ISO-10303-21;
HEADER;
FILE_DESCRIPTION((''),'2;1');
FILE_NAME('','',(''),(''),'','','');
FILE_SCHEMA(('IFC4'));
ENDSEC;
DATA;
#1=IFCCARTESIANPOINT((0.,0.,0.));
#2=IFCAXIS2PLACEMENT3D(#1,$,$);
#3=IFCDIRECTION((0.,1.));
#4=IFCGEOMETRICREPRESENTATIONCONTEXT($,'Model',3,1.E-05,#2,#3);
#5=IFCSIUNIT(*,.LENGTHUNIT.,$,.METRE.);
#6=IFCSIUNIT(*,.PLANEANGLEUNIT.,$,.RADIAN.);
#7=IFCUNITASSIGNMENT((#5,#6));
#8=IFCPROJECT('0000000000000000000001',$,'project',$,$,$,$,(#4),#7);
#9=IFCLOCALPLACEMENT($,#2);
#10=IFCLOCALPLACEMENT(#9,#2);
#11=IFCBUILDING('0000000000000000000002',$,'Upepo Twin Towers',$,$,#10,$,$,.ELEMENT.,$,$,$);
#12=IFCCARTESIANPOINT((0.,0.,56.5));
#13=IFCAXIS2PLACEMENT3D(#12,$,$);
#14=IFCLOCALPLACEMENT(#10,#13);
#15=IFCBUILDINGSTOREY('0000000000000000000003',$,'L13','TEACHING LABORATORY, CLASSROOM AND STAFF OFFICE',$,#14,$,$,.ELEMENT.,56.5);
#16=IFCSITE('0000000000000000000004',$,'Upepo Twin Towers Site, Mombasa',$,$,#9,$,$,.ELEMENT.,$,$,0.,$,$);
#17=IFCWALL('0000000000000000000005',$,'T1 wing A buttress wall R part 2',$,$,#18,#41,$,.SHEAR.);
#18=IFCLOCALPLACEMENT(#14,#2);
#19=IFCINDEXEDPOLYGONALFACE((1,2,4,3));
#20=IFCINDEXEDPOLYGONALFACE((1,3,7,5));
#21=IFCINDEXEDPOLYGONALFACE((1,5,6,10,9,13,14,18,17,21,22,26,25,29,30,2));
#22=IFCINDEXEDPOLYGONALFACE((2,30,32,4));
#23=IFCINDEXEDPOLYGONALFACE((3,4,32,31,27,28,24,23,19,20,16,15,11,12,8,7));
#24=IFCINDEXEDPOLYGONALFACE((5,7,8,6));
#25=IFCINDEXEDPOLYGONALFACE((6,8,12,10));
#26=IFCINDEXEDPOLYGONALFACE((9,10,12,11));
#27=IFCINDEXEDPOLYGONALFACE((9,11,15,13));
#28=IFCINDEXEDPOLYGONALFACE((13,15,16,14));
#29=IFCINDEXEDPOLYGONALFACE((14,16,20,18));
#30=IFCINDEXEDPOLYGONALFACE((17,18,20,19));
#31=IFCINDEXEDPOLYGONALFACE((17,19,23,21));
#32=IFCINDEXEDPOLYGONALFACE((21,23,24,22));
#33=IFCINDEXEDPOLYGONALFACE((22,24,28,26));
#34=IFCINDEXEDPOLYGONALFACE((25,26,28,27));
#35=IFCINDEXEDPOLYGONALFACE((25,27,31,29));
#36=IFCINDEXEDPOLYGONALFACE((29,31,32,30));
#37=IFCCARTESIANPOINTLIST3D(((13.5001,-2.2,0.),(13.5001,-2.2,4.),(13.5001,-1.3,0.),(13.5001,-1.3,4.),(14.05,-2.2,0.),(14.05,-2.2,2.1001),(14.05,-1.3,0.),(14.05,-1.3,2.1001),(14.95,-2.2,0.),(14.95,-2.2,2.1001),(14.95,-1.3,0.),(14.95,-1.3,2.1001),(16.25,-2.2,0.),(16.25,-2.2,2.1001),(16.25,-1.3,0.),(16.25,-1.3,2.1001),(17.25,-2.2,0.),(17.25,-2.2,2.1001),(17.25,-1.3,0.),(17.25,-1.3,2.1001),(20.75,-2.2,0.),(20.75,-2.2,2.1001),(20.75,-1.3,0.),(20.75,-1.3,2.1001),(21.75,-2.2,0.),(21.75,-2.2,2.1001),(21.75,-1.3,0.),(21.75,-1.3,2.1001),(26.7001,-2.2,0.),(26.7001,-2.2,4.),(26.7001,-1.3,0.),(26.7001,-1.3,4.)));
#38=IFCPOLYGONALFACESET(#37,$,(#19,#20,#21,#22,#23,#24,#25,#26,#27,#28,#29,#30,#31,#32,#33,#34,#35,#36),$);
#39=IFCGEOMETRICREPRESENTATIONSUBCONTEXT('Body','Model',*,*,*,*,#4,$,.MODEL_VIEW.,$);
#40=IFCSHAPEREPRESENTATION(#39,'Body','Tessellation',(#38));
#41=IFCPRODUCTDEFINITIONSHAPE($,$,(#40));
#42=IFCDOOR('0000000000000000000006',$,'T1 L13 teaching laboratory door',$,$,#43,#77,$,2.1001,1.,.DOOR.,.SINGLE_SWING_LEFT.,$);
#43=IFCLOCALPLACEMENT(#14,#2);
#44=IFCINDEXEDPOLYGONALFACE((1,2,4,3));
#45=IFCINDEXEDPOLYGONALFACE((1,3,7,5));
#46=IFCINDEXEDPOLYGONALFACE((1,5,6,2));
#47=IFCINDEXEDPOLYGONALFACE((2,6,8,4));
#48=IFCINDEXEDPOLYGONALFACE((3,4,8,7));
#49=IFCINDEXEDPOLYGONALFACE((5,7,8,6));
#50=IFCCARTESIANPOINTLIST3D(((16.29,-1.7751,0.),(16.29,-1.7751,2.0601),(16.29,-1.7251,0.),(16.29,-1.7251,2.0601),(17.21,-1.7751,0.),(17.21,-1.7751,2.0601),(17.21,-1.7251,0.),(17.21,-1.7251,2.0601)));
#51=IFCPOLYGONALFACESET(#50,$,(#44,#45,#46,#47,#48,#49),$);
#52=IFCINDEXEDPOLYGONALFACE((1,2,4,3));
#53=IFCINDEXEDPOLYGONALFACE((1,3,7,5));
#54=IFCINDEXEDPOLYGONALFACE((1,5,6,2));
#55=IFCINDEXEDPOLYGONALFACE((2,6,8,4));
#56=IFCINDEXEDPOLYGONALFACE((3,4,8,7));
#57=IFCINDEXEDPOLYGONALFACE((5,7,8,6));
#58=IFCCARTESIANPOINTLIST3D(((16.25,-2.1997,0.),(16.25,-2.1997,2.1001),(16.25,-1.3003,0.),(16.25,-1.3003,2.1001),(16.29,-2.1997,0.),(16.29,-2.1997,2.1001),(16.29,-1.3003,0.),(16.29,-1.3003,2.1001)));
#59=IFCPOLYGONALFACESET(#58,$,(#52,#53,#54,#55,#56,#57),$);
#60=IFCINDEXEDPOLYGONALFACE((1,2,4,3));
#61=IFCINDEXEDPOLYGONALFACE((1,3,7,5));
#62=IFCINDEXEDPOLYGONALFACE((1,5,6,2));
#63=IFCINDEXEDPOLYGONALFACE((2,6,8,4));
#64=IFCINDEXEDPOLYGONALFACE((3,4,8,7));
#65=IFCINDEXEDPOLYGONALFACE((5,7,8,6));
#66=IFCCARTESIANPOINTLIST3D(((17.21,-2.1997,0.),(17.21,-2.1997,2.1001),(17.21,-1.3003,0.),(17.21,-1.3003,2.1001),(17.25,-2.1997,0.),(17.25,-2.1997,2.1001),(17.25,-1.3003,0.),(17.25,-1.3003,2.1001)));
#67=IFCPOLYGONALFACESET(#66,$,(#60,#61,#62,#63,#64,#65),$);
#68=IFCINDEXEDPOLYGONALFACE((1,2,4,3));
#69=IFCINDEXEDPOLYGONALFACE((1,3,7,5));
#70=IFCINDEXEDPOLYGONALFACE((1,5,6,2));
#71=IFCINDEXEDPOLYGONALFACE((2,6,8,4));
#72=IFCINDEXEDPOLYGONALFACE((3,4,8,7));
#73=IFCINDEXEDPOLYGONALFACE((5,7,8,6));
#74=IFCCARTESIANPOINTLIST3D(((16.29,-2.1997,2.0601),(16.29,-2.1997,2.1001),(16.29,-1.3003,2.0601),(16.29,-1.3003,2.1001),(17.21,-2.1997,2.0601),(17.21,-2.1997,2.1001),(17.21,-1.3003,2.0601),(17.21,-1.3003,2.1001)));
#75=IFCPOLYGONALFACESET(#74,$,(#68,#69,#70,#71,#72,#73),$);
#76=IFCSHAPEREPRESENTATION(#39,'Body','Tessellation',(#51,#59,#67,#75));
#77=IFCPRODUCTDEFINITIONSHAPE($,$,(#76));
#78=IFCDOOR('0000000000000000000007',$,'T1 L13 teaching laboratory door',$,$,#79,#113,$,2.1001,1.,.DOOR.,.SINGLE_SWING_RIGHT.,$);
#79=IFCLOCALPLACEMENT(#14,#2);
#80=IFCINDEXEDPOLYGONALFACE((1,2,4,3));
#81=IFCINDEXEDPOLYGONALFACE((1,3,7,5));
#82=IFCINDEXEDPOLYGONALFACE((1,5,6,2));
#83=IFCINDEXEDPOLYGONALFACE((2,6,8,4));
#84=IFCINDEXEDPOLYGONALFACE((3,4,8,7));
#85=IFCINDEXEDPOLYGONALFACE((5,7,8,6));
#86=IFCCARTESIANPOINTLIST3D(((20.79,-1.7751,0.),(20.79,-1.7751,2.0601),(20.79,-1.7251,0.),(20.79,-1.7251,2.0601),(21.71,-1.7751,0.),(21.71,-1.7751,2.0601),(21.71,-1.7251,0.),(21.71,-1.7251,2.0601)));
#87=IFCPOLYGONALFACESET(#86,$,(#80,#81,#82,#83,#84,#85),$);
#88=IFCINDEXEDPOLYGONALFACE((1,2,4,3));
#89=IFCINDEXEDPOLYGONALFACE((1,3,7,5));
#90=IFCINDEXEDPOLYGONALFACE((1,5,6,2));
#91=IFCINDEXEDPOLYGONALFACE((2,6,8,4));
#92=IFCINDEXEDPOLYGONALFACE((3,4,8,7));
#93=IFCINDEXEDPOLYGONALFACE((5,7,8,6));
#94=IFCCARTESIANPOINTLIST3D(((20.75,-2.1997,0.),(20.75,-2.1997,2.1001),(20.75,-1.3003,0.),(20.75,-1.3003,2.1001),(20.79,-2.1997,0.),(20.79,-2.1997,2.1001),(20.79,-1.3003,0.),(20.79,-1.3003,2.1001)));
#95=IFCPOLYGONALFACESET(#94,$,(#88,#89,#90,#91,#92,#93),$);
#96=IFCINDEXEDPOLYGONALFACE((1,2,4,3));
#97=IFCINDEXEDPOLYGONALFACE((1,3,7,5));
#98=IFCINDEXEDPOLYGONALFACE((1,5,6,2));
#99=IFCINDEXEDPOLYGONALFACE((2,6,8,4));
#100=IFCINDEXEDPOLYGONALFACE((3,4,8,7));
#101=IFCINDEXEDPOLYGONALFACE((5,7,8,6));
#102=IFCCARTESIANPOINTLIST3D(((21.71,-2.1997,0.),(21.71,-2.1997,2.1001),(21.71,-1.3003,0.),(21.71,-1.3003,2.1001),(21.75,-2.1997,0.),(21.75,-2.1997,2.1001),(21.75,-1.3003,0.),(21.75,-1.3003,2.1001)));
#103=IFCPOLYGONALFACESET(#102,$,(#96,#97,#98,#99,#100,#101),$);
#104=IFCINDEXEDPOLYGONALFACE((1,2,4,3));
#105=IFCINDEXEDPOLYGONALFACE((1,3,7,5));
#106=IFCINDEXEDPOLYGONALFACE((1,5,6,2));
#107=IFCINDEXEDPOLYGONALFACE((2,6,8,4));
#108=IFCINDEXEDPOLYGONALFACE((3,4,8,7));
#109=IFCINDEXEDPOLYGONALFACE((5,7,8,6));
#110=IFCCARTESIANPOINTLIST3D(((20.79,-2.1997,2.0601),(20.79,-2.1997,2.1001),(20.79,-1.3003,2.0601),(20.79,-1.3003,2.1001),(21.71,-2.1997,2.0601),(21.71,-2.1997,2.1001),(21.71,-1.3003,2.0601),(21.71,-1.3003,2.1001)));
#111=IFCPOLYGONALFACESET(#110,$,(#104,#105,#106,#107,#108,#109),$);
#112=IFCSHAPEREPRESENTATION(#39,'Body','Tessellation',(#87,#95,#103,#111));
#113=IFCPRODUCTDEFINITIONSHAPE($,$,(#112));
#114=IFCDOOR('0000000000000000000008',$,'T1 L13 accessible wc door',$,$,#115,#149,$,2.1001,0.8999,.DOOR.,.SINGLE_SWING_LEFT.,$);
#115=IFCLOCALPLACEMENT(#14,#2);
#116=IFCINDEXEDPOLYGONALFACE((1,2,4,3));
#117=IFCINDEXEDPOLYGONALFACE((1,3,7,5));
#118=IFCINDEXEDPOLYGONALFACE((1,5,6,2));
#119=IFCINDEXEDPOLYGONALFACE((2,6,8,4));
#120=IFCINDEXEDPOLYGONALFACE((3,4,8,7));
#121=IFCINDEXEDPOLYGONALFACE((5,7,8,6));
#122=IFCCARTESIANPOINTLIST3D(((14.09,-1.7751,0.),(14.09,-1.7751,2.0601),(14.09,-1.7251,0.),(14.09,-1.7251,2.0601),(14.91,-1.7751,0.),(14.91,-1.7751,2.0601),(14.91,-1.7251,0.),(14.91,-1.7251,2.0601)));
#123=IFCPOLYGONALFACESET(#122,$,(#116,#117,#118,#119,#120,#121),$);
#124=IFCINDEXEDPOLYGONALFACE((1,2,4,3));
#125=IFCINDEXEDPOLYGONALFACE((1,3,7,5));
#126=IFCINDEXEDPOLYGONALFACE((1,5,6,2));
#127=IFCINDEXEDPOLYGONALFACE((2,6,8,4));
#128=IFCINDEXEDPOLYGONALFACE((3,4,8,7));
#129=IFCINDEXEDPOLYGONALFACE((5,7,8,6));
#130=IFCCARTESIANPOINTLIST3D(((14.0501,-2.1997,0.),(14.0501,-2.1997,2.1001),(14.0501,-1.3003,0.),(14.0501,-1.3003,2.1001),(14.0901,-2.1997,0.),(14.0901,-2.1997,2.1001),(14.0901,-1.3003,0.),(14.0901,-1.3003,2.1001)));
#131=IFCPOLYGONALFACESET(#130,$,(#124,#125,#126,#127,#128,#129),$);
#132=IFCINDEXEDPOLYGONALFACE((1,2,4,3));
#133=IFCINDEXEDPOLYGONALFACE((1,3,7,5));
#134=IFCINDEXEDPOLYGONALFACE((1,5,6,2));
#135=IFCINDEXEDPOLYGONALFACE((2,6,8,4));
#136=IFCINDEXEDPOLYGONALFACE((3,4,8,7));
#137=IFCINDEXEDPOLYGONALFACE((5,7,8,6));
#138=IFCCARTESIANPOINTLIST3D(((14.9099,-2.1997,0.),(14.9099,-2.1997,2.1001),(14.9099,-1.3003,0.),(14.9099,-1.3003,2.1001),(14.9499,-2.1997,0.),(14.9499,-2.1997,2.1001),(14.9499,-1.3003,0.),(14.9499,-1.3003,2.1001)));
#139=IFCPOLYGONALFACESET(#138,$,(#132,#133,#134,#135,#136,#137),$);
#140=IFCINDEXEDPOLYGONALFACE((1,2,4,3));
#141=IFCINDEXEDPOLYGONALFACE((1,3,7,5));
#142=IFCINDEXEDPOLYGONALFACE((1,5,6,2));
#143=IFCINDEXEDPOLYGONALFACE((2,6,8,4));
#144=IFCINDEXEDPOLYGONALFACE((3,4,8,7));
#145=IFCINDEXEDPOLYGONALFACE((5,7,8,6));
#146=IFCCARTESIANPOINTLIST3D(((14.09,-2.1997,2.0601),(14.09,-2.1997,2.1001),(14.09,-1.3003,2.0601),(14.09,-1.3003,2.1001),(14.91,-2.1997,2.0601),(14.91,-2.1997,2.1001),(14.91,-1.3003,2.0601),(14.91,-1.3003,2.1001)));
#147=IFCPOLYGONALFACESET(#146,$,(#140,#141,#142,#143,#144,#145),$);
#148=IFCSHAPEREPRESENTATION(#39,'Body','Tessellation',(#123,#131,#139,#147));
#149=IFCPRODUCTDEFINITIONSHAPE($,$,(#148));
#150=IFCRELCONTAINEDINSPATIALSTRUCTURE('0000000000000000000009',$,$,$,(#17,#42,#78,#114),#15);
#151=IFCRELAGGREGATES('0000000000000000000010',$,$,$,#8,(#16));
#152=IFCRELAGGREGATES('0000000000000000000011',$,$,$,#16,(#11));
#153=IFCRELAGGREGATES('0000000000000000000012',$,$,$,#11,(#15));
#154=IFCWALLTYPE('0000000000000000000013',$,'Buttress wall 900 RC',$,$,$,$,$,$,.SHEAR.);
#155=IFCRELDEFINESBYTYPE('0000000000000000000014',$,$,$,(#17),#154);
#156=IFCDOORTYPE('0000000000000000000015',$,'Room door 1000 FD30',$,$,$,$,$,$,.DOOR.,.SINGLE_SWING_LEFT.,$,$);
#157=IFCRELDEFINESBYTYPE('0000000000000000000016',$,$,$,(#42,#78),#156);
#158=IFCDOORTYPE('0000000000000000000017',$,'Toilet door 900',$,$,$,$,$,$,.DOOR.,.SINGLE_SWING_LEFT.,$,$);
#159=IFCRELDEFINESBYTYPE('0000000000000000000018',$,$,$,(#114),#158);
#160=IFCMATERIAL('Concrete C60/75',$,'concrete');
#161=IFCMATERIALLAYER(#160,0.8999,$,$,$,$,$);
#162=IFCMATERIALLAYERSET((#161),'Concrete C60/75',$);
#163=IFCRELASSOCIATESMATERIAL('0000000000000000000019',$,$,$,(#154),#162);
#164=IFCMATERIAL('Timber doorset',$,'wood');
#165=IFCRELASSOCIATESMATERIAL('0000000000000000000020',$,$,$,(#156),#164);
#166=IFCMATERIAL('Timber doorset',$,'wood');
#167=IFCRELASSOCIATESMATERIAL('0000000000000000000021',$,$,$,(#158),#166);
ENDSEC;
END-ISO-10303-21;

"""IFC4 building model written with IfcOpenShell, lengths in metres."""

from ifc_helpers import new_model, si_unit, direction, frame, frame_2d, origin, place, context, subcontext, project, spatial, rectangle, extrude, material, layer, layer_set, type_object, element, fill, save


model = new_model("IFC4")

# Units and contexts
model_context = context("Model", 3, precision=1e-05, world=origin(), true_north=direction((0.0, 1.0)))
body_context = subcontext(model_context, "Body", "Model", "MODEL_VIEW")
ifc_project = project(units=[si_unit("LENGTHUNIT", "METRE"), si_unit("PLANEANGLEUNIT", "RADIAN")], contexts=[model_context])

# Site, building, storey
site_placement = place(None, origin())
site = spatial("IfcSite", under=ifc_project, at=site_placement, Name="Upepo Twin Towers Site, Mombasa", CompositionType="ELEMENT", RefElevation=0.0)
building_placement = place(site_placement, origin())
building = spatial("IfcBuilding", under=site, at=building_placement, Name="Upepo Twin Towers", CompositionType="ELEMENT")
storey_placement = place(building_placement, frame((0.0, 0.0, 56.5)))
storey = spatial("IfcBuildingStorey", under=building, at=storey_placement, Name="L13", Description="TEACHING LABORATORY, CLASSROOM AND STAFF OFFICE", CompositionType="ELEMENT", Elevation=56.5)

# Wall, openings, doors
ifc_material_1 = material(Name="Concrete C60/75", Category="concrete")
ifc_layer_1 = layer(ifc_material_1, 0.8999)
ifc_layer_set_1 = layer_set([ifc_layer_1], Name="Concrete C60/75")
wall_type_1 = type_object("IfcWallType", Name="Buttress wall 900 RC", PredefinedType="SHEAR", material=ifc_layer_set_1)
wall_1_placement = place(storey_placement, frame((13.5, -1.75, 0.0), z_axis=(0.0, 0.0, 1.0), x_axis=(1.0, 0.0, 0.0)))
wall_1 = element("IfcWall", 1, at=wall_1_placement, inside=storey, type_object=wall_type_1, Name="T1 wing A buttress wall R part 2", PredefinedType="SHEAR", context=body_context, shape_type="SweptSolid", body=[
    extrude(rectangle(XDim=13.2, YDim=0.8999, at=frame_2d((6.6001, 0.0))), origin(), (0.0, 0.0, 1.0), 4.0),
])
opening_1_placement = place(wall_1_placement, frame((0.55, 0.0, 0.0)))
opening_1 = element("IfcOpeningElement", 2, at=opening_1_placement, cuts=wall_1, PredefinedType="OPENING", context=body_context, shape_type="SweptSolid", body=[
    extrude(rectangle(XDim=0.8999, YDim=2.1001, at=frame_2d((0.45, 1.05))), frame((0.0, 0.46, 0.0), z_axis=(0.0, -1.0, 0.0), x_axis=(1.0, 0.0, 0.0)), (0.0, 0.0, 1.0), 0.9199),
])
opening_2_placement = place(wall_1_placement, frame((2.75, 0.0, 0.0)))
opening_2 = element("IfcOpeningElement", 3, at=opening_2_placement, cuts=wall_1, PredefinedType="OPENING", context=body_context, shape_type="SweptSolid", body=[
    extrude(rectangle(XDim=1.0, YDim=2.1001, at=frame_2d((0.5, 1.05))), frame((0.0, 0.46, 0.0), z_axis=(0.0, -1.0, 0.0), x_axis=(1.0, 0.0, 0.0)), (0.0, 0.0, 1.0), 0.9199),
])
opening_3_placement = place(wall_1_placement, frame((7.25, 0.0, 0.0)))
opening_3 = element("IfcOpeningElement", 4, at=opening_3_placement, cuts=wall_1, PredefinedType="OPENING", context=body_context, shape_type="SweptSolid", body=[
    extrude(rectangle(XDim=1.0, YDim=2.1001, at=frame_2d((0.5, 1.05))), frame((0.0, 0.46, 0.0), z_axis=(0.0, -1.0, 0.0), x_axis=(1.0, 0.0, 0.0)), (0.0, 0.0, 1.0), 0.9199),
])
ifc_material_2 = material(Name="Timber doorset", Category="wood")
door_type_1 = type_object("IfcDoorType", Name="Room door 1000 FD30", OperationType="SINGLE_SWING_LEFT", PredefinedType="DOOR", material=ifc_material_2)
door_1_placement = place(opening_2_placement, origin())
door_1 = element("IfcDoor", 5, at=door_1_placement, inside=storey, type_object=door_type_1, Name="T1 L13 teaching laboratory door", OperationType="SINGLE_SWING_LEFT", OverallHeight=2.1001, OverallWidth=1.0, PredefinedType="DOOR", context=body_context, shape_type="SweptSolid", body=[
    extrude(rectangle(XDim=0.92, YDim=2.0601, at=frame_2d((0.5, 1.03))), frame((0.0, 0.0249, 0.0), z_axis=(0.0, -1.0, 0.0), x_axis=(1.0, 0.0, 0.0)), (0.0, 0.0, 1.0), 0.05),
    extrude(rectangle(XDim=0.04, YDim=2.1001, at=frame_2d((0.02, 1.05))), frame((0.0, 0.4497, 0.0), z_axis=(0.0, -1.0, 0.0), x_axis=(1.0, 0.0, 0.0)), (0.0, 0.0, 1.0), 0.8994),
    extrude(rectangle(XDim=0.04, YDim=2.1001, at=frame_2d((0.98, 1.05))), frame((0.0, 0.4497, 0.0), z_axis=(0.0, -1.0, 0.0), x_axis=(1.0, 0.0, 0.0)), (0.0, 0.0, 1.0), 0.8994),
    extrude(rectangle(XDim=0.92, YDim=0.04, at=frame_2d((0.5, 2.0801))), frame((0.0, 0.4497, 0.0), z_axis=(0.0, -1.0, 0.0), x_axis=(1.0, 0.0, 0.0)), (0.0, 0.0, 1.0), 0.8994),
])
fill(opening_2, door_1)
door_2_placement = place(opening_3_placement, origin())
door_2 = element("IfcDoor", 6, at=door_2_placement, inside=storey, type_object=door_type_1, Name="T1 L13 teaching laboratory door", OperationType="SINGLE_SWING_RIGHT", OverallHeight=2.1001, OverallWidth=1.0, PredefinedType="DOOR", context=body_context, shape_type="SweptSolid", body=[
    extrude(rectangle(XDim=0.92, YDim=2.0601, at=frame_2d((0.5, 1.03))), frame((0.0, 0.0249, 0.0), z_axis=(0.0, -1.0, 0.0), x_axis=(1.0, 0.0, 0.0)), (0.0, 0.0, 1.0), 0.05),
    extrude(rectangle(XDim=0.04, YDim=2.1001, at=frame_2d((0.02, 1.05))), frame((0.0, 0.4497, 0.0), z_axis=(0.0, -1.0, 0.0), x_axis=(1.0, 0.0, 0.0)), (0.0, 0.0, 1.0), 0.8994),
    extrude(rectangle(XDim=0.04, YDim=2.1001, at=frame_2d((0.98, 1.05))), frame((0.0, 0.4497, 0.0), z_axis=(0.0, -1.0, 0.0), x_axis=(1.0, 0.0, 0.0)), (0.0, 0.0, 1.0), 0.8994),
    extrude(rectangle(XDim=0.92, YDim=0.04, at=frame_2d((0.5, 2.0801))), frame((0.0, 0.4497, 0.0), z_axis=(0.0, -1.0, 0.0), x_axis=(1.0, 0.0, 0.0)), (0.0, 0.0, 1.0), 0.8994),
])
fill(opening_3, door_2)
ifc_material_3 = material(Name="Timber doorset", Category="wood")
door_type_2 = type_object("IfcDoorType", Name="Toilet door 900", OperationType="SINGLE_SWING_LEFT", PredefinedType="DOOR", material=ifc_material_3)
door_3_placement = place(opening_1_placement, origin())
door_3 = element("IfcDoor", 7, at=door_3_placement, inside=storey, type_object=door_type_2, Name="T1 L13 accessible wc door", OperationType="SINGLE_SWING_LEFT", OverallHeight=2.1001, OverallWidth=0.8999, PredefinedType="DOOR", context=body_context, shape_type="SweptSolid", body=[
    extrude(rectangle(XDim=0.8199, YDim=2.0601, at=frame_2d((0.45, 1.03))), frame((0.0, 0.0249, 0.0), z_axis=(0.0, -1.0, 0.0), x_axis=(1.0, 0.0, 0.0)), (0.0, 0.0, 1.0), 0.05),
    extrude(rectangle(XDim=0.04, YDim=2.1001, at=frame_2d((0.02, 1.05))), frame((0.0, 0.4497, 0.0), z_axis=(0.0, -1.0, 0.0), x_axis=(1.0, 0.0, 0.0)), (0.0, 0.0, 1.0), 0.8994),
    extrude(rectangle(XDim=0.04, YDim=2.1001, at=frame_2d((0.8799, 1.05))), frame((0.0, 0.4497, 0.0), z_axis=(0.0, -1.0, 0.0), x_axis=(1.0, 0.0, 0.0)), (0.0, 0.0, 1.0), 0.8994),
    extrude(rectangle(XDim=0.8199, YDim=0.04, at=frame_2d((0.45, 2.0801))), frame((0.0, 0.4497, 0.0), z_axis=(0.0, -1.0, 0.0), x_axis=(1.0, 0.0, 0.0)), (0.0, 0.0, 1.0), 0.8994),
])
fill(opening_1, door_3)

save(model, "model.ifc")
